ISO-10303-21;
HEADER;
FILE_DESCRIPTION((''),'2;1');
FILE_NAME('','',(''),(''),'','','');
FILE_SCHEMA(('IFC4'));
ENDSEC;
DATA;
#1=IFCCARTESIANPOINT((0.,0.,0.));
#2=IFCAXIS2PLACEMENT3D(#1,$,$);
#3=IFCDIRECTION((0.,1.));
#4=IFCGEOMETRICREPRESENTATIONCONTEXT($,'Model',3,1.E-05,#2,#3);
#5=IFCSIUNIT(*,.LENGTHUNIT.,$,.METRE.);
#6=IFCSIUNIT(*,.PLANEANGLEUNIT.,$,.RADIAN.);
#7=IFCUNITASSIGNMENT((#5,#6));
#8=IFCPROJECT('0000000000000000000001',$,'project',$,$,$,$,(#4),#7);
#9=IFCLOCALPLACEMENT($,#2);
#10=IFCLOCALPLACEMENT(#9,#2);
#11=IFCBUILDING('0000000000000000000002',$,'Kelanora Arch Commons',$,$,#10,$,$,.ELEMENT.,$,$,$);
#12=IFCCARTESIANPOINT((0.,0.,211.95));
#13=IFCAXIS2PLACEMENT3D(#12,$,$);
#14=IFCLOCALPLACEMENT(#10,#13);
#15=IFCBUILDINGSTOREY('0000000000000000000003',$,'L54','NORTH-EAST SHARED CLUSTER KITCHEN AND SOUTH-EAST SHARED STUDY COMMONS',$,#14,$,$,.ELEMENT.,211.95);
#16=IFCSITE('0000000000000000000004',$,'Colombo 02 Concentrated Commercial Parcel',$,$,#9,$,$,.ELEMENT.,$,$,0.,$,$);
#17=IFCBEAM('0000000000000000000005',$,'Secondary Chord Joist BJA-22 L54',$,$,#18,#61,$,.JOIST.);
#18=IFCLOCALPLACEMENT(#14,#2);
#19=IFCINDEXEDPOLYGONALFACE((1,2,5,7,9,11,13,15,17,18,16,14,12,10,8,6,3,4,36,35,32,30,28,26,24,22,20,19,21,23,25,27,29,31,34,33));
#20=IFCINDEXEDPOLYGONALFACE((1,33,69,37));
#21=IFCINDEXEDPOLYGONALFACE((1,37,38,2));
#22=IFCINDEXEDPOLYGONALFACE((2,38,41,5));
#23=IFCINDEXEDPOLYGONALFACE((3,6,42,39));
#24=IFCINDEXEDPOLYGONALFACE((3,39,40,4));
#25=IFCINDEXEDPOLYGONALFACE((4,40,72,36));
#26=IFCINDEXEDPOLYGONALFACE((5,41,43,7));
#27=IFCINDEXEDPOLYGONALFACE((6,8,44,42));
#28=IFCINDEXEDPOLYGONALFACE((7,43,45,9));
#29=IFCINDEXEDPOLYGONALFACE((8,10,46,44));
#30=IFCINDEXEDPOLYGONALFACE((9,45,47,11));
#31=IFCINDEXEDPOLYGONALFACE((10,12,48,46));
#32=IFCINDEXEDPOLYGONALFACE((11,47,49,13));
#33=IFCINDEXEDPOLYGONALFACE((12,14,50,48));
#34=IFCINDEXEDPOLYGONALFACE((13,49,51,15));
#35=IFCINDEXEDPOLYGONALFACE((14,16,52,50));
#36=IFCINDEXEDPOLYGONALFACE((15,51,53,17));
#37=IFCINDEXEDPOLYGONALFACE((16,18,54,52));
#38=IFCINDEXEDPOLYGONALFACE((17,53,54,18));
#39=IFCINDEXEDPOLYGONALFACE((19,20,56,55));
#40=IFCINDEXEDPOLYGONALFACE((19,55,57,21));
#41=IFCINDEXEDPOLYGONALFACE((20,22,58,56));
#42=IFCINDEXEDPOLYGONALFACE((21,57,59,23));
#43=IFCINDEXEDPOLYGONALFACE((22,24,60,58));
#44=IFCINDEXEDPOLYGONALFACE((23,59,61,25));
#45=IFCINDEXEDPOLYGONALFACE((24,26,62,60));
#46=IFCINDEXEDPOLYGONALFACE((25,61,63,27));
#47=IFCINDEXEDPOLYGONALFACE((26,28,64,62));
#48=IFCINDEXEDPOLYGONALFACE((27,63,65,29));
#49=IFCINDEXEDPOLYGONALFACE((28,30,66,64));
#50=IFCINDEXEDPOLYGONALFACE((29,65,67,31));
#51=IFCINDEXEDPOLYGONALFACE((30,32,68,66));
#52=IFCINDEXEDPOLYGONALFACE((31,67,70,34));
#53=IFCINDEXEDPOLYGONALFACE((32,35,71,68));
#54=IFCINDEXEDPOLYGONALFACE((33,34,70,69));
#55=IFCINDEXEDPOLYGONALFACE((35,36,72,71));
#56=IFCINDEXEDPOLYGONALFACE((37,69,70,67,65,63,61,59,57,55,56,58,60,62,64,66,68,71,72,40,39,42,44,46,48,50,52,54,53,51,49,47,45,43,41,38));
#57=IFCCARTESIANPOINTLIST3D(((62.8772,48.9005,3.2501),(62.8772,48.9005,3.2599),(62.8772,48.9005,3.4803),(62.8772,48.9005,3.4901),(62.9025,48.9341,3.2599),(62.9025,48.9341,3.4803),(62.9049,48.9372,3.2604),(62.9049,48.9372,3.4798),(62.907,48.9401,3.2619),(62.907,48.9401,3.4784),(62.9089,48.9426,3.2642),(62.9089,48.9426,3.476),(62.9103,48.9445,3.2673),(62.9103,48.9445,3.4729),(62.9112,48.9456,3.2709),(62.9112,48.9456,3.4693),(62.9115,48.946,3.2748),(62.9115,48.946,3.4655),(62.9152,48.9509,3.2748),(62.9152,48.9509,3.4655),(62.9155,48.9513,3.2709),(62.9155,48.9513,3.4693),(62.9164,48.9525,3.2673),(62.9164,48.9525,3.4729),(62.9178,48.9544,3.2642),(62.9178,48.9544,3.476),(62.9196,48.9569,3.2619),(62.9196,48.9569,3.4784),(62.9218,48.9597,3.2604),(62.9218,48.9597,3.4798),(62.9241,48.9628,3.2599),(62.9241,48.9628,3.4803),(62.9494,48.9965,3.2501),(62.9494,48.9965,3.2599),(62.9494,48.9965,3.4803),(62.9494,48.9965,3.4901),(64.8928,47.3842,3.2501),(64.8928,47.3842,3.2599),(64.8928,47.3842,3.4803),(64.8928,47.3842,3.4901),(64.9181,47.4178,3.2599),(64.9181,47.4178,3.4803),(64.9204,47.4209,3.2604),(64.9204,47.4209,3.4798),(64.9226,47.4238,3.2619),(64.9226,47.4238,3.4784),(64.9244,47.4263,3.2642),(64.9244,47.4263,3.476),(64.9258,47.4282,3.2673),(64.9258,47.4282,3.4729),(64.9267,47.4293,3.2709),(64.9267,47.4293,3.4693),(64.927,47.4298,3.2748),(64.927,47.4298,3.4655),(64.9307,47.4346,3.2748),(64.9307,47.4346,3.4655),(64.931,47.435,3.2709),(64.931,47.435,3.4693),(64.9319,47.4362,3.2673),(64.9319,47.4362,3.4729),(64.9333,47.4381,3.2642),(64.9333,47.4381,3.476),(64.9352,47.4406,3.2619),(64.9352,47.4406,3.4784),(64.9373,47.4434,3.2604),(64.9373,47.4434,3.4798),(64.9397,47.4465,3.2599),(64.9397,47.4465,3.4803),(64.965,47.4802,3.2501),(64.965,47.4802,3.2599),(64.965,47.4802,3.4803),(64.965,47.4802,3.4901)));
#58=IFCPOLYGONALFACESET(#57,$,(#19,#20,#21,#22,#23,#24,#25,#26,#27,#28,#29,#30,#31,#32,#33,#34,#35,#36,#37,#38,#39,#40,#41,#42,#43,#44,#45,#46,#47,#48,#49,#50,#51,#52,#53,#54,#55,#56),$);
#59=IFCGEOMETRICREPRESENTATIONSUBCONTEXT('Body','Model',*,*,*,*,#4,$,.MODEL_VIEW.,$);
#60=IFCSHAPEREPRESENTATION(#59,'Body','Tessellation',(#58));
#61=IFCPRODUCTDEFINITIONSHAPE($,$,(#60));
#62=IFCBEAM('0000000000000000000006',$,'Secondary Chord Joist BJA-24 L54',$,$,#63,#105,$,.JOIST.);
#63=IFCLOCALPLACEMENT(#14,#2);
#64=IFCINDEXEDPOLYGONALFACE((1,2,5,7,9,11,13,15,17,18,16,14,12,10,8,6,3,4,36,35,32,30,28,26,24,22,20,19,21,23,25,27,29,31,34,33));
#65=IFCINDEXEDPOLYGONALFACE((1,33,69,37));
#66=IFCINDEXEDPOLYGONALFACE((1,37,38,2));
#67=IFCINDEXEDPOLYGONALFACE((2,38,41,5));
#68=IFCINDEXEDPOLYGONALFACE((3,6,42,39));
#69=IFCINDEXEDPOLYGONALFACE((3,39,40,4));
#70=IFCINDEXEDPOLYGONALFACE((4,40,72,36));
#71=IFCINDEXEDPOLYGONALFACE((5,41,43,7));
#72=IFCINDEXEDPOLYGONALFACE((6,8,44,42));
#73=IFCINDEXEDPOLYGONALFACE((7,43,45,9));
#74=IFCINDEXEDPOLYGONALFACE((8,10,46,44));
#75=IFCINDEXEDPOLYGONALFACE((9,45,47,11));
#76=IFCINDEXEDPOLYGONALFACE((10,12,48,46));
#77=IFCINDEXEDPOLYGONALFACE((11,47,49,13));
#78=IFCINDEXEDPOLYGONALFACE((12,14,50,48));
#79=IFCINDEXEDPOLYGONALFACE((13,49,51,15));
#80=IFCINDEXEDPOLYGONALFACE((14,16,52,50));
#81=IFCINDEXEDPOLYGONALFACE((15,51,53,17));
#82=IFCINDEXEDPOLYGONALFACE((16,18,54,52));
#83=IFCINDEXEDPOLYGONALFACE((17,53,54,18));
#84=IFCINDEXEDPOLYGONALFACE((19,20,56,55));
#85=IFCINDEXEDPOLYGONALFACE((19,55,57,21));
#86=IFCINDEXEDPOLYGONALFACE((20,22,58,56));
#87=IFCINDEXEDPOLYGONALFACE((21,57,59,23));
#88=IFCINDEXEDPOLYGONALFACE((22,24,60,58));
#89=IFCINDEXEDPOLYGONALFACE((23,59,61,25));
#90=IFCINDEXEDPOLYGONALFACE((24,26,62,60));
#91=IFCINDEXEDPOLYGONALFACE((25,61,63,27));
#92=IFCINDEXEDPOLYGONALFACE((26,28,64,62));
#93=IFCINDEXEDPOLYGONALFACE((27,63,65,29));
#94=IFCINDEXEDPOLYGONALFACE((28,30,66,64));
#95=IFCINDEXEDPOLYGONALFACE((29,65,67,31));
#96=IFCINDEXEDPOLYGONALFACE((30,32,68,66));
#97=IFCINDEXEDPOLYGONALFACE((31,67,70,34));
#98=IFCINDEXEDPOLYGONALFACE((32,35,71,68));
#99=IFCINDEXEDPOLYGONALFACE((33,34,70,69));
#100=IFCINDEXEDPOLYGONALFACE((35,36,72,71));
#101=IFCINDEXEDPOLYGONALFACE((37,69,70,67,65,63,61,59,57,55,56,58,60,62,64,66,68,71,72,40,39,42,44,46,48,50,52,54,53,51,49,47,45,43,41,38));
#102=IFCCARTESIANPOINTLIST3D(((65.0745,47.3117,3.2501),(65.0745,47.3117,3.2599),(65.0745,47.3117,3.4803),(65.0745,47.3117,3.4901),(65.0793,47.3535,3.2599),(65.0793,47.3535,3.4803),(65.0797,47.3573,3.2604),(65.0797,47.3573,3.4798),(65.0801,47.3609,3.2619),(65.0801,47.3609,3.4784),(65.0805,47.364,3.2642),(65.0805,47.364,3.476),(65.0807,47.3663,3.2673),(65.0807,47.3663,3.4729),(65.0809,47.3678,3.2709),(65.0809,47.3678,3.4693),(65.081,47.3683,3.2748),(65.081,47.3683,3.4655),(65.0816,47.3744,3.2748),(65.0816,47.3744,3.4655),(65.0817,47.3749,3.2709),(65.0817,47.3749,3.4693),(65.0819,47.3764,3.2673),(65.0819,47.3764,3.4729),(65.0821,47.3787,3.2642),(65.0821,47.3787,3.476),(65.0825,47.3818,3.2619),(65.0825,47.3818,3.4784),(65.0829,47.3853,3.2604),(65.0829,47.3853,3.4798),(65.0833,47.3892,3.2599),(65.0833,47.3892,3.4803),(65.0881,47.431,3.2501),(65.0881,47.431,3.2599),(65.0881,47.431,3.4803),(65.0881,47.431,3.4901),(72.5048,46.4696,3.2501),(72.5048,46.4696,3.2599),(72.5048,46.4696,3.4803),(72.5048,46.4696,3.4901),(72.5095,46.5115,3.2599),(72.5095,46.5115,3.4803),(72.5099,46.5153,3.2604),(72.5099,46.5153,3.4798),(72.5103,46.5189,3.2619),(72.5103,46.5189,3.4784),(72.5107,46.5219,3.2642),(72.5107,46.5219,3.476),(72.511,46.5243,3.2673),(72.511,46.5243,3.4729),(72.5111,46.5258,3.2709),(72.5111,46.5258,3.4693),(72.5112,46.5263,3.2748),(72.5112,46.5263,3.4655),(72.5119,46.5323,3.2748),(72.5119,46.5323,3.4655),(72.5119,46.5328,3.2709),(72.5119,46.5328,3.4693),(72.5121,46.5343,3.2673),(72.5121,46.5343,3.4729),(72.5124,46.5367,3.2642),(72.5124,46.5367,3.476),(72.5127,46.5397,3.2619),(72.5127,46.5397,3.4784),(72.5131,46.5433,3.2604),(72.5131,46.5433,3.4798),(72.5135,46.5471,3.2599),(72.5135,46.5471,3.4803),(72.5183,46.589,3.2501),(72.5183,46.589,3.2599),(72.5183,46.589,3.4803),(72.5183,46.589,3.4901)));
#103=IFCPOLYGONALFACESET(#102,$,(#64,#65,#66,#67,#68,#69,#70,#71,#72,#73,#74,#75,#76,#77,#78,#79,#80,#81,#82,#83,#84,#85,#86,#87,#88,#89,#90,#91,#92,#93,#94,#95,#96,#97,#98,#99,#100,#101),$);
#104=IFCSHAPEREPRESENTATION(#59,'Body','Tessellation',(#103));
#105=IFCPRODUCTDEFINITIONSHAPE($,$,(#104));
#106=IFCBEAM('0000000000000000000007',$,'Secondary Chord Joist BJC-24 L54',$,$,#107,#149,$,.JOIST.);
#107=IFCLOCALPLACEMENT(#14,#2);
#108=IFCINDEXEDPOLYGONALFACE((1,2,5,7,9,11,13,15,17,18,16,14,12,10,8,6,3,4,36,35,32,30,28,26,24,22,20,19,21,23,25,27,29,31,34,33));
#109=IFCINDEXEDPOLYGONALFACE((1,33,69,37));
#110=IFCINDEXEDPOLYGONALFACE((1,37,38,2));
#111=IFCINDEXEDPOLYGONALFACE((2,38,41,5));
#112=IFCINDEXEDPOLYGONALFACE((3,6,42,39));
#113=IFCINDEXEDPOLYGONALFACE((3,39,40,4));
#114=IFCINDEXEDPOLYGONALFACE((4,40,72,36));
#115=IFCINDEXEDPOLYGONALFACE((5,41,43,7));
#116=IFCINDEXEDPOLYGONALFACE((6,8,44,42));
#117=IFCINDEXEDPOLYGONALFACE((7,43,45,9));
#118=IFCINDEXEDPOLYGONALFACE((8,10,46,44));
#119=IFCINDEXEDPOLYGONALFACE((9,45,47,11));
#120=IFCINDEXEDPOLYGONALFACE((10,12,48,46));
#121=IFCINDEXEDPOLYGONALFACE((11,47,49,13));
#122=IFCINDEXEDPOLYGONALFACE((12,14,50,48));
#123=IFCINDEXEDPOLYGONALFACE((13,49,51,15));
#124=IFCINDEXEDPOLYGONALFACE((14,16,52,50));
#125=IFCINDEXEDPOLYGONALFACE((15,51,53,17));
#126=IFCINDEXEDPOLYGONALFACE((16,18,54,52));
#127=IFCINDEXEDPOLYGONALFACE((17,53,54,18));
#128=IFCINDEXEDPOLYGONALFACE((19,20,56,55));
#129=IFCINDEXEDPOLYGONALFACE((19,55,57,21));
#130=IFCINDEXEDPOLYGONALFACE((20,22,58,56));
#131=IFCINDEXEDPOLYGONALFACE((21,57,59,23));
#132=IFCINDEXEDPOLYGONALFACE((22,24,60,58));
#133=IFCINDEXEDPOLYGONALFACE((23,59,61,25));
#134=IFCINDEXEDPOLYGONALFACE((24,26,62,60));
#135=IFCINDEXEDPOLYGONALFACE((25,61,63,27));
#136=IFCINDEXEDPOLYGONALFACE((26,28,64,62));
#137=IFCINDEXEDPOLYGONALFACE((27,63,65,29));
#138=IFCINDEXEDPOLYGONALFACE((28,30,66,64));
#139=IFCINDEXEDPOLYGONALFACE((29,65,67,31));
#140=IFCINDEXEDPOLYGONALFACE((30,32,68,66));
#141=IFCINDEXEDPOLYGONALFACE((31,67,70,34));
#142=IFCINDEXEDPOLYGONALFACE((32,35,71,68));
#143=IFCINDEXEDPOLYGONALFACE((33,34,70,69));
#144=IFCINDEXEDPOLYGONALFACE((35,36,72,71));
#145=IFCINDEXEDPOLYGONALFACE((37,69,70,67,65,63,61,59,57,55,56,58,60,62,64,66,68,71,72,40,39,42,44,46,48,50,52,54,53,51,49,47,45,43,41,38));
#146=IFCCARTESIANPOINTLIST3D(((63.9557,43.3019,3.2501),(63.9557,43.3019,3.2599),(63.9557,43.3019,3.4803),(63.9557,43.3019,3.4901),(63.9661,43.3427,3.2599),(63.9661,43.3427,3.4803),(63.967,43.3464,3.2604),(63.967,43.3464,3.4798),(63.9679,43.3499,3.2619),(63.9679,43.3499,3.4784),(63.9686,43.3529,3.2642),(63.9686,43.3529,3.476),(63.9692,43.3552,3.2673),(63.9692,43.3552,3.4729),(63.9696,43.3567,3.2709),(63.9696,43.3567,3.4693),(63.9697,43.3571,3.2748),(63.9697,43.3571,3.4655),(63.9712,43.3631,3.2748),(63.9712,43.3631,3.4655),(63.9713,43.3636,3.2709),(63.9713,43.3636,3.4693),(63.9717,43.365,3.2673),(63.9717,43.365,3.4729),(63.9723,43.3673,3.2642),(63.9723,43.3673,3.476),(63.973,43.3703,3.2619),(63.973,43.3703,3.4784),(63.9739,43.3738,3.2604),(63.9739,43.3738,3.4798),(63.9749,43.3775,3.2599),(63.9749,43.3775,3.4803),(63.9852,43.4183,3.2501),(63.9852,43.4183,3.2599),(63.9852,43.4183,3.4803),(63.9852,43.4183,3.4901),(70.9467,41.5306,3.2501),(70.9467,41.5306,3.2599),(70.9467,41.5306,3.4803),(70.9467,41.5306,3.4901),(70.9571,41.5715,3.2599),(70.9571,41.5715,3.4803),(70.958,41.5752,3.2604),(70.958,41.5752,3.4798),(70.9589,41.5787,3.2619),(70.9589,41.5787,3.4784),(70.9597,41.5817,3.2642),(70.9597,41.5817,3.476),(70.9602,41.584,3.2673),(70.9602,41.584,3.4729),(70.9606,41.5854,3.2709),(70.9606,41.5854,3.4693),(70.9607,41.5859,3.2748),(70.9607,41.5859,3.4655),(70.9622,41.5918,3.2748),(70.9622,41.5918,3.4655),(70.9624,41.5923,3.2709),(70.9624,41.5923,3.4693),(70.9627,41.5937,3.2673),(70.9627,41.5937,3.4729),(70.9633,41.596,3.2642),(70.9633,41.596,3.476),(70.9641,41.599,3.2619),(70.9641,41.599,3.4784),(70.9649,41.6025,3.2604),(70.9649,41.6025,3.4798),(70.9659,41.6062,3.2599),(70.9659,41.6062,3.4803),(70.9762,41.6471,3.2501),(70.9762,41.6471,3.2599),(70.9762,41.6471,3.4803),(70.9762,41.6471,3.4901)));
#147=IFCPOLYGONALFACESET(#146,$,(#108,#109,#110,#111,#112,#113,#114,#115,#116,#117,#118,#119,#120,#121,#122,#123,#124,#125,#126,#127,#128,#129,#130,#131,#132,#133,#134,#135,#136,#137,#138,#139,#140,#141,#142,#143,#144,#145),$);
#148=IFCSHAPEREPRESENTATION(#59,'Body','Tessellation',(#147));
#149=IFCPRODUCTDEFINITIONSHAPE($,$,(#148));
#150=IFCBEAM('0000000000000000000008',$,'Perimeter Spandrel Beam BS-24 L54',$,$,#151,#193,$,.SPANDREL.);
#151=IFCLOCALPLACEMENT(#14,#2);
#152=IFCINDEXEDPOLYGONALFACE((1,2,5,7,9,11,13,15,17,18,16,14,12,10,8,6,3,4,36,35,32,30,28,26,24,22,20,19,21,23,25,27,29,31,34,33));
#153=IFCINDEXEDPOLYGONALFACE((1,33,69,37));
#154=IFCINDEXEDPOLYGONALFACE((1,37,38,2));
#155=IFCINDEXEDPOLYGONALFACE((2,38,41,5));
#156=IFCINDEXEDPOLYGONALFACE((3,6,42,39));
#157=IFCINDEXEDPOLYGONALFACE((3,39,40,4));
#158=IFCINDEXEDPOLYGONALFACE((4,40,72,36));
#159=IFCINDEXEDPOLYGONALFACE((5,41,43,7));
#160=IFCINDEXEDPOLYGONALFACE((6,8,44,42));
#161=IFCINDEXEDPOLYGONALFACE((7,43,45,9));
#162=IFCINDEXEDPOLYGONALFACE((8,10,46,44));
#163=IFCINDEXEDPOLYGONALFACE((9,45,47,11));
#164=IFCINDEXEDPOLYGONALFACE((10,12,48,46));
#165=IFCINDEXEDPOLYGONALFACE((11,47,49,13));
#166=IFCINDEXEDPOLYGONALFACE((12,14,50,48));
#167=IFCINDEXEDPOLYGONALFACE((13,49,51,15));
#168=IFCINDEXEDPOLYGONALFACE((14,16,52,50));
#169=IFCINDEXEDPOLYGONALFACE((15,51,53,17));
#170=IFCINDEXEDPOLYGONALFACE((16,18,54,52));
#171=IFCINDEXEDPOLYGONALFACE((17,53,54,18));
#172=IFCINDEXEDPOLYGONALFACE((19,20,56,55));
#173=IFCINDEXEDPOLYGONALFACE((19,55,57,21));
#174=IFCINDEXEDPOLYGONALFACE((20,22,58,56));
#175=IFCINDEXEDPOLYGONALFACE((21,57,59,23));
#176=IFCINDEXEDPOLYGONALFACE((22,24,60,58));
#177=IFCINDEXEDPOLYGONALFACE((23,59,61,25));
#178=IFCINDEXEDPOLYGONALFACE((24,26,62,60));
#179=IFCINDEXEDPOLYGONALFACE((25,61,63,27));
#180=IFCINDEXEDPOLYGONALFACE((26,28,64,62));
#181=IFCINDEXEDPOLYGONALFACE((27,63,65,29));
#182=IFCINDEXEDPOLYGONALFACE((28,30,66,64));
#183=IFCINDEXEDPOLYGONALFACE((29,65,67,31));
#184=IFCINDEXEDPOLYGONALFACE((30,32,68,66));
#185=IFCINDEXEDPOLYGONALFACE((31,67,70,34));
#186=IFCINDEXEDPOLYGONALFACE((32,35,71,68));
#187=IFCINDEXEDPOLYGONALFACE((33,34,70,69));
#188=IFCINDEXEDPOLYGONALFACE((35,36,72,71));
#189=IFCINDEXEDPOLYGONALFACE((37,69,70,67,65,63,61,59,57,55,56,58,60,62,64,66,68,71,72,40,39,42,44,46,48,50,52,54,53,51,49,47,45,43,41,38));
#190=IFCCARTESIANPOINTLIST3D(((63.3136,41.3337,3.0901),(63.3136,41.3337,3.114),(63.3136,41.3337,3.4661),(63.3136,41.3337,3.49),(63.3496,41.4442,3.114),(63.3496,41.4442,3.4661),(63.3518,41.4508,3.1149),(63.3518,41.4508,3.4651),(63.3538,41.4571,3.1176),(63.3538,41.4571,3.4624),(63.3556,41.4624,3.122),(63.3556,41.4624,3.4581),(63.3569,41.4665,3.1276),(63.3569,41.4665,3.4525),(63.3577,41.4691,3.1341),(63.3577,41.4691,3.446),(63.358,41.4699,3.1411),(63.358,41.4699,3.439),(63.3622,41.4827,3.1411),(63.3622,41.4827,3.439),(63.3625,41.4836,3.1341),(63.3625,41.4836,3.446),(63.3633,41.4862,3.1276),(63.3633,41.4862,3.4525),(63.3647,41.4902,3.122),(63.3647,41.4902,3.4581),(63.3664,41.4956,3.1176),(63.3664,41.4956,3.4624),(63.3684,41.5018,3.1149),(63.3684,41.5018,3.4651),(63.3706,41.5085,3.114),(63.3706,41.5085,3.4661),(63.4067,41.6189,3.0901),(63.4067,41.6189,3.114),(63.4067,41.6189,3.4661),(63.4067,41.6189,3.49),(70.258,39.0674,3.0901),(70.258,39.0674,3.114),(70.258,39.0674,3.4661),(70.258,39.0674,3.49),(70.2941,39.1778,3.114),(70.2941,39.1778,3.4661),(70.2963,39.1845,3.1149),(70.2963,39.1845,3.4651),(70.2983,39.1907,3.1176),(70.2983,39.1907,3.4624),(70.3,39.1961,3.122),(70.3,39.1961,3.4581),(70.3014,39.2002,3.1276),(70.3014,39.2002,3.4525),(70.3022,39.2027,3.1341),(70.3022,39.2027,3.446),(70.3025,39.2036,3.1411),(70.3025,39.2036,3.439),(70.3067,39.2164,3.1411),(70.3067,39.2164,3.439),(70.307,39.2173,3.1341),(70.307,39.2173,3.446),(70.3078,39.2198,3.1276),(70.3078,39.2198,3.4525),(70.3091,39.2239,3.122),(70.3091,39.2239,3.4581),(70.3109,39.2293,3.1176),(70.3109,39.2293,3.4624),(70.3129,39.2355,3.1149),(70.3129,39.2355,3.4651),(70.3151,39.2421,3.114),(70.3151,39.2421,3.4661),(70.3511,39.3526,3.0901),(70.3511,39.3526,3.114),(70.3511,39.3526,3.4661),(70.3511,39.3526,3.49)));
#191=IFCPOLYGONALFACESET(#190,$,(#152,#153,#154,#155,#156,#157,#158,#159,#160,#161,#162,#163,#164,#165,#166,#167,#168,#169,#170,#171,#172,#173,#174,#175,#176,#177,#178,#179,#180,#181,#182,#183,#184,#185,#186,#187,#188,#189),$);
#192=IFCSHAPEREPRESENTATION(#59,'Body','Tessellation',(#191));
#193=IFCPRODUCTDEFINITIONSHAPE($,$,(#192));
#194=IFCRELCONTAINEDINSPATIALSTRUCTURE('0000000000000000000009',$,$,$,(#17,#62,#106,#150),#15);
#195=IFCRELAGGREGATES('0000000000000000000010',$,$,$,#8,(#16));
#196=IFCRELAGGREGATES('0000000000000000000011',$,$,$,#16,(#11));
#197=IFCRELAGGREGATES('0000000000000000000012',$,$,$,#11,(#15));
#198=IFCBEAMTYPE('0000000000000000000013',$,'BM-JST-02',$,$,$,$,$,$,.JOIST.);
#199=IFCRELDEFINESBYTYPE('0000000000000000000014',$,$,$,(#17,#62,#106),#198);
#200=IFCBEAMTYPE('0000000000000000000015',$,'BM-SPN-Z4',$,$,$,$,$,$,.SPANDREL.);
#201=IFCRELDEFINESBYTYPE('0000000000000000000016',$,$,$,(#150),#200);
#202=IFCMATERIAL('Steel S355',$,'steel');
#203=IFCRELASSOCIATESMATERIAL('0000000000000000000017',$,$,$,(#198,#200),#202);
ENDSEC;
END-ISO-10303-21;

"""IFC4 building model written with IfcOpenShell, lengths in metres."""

from ifc_helpers import new_model, si_unit, direction, frame, origin, origin_2d, place, context, subcontext, project, spatial, i_section, extrude, material, material_profile, profile_set, type_object, element, save


model = new_model("IFC4")

# Units and contexts
model_context = context("Model", 3, precision=1e-05, world=origin(), true_north=direction((0.0, 1.0)))
body_context = subcontext(model_context, "Body", "Model", "MODEL_VIEW")
ifc_project = project(units=[si_unit("LENGTHUNIT", "METRE"), si_unit("PLANEANGLEUNIT", "RADIAN")], contexts=[model_context])

# Site, building, storey
site_placement = place(None, origin())
site = spatial("IfcSite", under=ifc_project, at=site_placement, Name="Colombo 02 Concentrated Commercial Parcel", CompositionType="ELEMENT", RefElevation=0.0)
building_placement = place(site_placement, origin())
building = spatial("IfcBuilding", under=site, at=building_placement, Name="Kelanora Arch Commons", CompositionType="ELEMENT")
storey_placement = place(building_placement, frame((0.0, 0.0, 211.95)))
storey = spatial("IfcBuildingStorey", under=building, at=storey_placement, Name="L54", Description="NORTH-EAST SHARED CLUSTER KITCHEN AND SOUTH-EAST SHARED STUDY COMMONS", CompositionType="ELEMENT", Elevation=211.95)

# Beams
ifc_material_1 = material(Name="Steel S355", Category="steel")
ifc_material_profile_1 = material_profile(ifc_material_1, i_section(OverallWidth=0.1201, OverallDepth=0.24, WebThickness=0.0061, FlangeThickness=0.0098, FilletRadius=0.0149, at=origin_2d()), Name="IPE240")
ifc_profile_set_1 = profile_set([ifc_material_profile_1], Name="Steel S355")
beam_type_1 = type_object("IfcBeamType", Name="BM-JST-02", PredefinedType="JOIST", material=ifc_profile_set_1)
beam_1_placement = place(storey_placement, frame((62.9133, 48.9485, 3.3701), z_axis=(0.799116, -0.601176, 0.0), x_axis=(0.601176, 0.799116, 0.0)))
element("IfcBeam", 1, at=beam_1_placement, inside=storey, type_object=beam_type_1, Name="Secondary Chord Joist BJA-22 L54", PredefinedType="JOIST", context=body_context, shape_type="SweptSolid", body=[
    extrude(i_section(OverallWidth=0.1201, OverallDepth=0.24, WebThickness=0.0061, FlangeThickness=0.0098, FilletRadius=0.0149, at=origin_2d()), origin(), (0.0, 0.0, 1.0), 2.5222),
])
beam_2_placement = place(storey_placement, frame((65.0813, 47.3713, 3.3701), z_axis=(0.99364, -0.112606, 0.0), x_axis=(0.112606, 0.99364, 0.0)))
element("IfcBeam", 2, at=beam_2_placement, inside=storey, type_object=beam_type_1, Name="Secondary Chord Joist BJA-24 L54", PredefinedType="JOIST", context=body_context, shape_type="SweptSolid", body=[
    extrude(i_section(OverallWidth=0.1201, OverallDepth=0.24, WebThickness=0.0061, FlangeThickness=0.0098, FilletRadius=0.0149, at=origin_2d()), origin(), (0.0, 0.0, 1.0), 7.4778),
])
beam_3_placement = place(storey_placement, frame((63.9705, 43.3601, 3.3701), z_axis=(0.969371, -0.245601, 0.0), x_axis=(0.245601, 0.969371, 0.0)))
element("IfcBeam", 3, at=beam_3_placement, inside=storey, type_object=beam_type_1, Name="Secondary Chord Joist BJC-24 L54", PredefinedType="JOIST", context=body_context, shape_type="SweptSolid", body=[
    extrude(i_section(OverallWidth=0.1201, OverallDepth=0.24, WebThickness=0.0061, FlangeThickness=0.0098, FilletRadius=0.0149, at=origin_2d()), origin(), (0.0, 0.0, 1.0), 7.2119),
])
ifc_material_profile_2 = material_profile(ifc_material_1, i_section(OverallWidth=0.3, OverallDepth=0.3999, WebThickness=0.0134, FlangeThickness=0.0239, FilletRadius=0.0271, at=origin_2d()), Name="HEB400")
ifc_profile_set_2 = profile_set([ifc_material_profile_2], Name="Steel S355")
beam_type_2 = type_object("IfcBeamType", Name="BM-SPN-Z4", PredefinedType="SPANDREL", material=ifc_profile_set_2)
beam_4_placement = place(storey_placement, frame((63.3601, 41.4763, 3.29), z_axis=(0.950656, -0.310246, 0.0), x_axis=(0.310246, 0.950656, 0.0)))
element("IfcBeam", 4, at=beam_4_placement, inside=storey, type_object=beam_type_2, Name="Perimeter Spandrel Beam BS-24 L54", PredefinedType="SPANDREL", context=body_context, shape_type="SweptSolid", body=[
    extrude(i_section(OverallWidth=0.3, OverallDepth=0.3999, WebThickness=0.0134, FlangeThickness=0.0239, FilletRadius=0.0271, at=origin_2d()), origin(), (0.0, 0.0, 1.0), 7.3049),
])

save(model, "model.ifc")
